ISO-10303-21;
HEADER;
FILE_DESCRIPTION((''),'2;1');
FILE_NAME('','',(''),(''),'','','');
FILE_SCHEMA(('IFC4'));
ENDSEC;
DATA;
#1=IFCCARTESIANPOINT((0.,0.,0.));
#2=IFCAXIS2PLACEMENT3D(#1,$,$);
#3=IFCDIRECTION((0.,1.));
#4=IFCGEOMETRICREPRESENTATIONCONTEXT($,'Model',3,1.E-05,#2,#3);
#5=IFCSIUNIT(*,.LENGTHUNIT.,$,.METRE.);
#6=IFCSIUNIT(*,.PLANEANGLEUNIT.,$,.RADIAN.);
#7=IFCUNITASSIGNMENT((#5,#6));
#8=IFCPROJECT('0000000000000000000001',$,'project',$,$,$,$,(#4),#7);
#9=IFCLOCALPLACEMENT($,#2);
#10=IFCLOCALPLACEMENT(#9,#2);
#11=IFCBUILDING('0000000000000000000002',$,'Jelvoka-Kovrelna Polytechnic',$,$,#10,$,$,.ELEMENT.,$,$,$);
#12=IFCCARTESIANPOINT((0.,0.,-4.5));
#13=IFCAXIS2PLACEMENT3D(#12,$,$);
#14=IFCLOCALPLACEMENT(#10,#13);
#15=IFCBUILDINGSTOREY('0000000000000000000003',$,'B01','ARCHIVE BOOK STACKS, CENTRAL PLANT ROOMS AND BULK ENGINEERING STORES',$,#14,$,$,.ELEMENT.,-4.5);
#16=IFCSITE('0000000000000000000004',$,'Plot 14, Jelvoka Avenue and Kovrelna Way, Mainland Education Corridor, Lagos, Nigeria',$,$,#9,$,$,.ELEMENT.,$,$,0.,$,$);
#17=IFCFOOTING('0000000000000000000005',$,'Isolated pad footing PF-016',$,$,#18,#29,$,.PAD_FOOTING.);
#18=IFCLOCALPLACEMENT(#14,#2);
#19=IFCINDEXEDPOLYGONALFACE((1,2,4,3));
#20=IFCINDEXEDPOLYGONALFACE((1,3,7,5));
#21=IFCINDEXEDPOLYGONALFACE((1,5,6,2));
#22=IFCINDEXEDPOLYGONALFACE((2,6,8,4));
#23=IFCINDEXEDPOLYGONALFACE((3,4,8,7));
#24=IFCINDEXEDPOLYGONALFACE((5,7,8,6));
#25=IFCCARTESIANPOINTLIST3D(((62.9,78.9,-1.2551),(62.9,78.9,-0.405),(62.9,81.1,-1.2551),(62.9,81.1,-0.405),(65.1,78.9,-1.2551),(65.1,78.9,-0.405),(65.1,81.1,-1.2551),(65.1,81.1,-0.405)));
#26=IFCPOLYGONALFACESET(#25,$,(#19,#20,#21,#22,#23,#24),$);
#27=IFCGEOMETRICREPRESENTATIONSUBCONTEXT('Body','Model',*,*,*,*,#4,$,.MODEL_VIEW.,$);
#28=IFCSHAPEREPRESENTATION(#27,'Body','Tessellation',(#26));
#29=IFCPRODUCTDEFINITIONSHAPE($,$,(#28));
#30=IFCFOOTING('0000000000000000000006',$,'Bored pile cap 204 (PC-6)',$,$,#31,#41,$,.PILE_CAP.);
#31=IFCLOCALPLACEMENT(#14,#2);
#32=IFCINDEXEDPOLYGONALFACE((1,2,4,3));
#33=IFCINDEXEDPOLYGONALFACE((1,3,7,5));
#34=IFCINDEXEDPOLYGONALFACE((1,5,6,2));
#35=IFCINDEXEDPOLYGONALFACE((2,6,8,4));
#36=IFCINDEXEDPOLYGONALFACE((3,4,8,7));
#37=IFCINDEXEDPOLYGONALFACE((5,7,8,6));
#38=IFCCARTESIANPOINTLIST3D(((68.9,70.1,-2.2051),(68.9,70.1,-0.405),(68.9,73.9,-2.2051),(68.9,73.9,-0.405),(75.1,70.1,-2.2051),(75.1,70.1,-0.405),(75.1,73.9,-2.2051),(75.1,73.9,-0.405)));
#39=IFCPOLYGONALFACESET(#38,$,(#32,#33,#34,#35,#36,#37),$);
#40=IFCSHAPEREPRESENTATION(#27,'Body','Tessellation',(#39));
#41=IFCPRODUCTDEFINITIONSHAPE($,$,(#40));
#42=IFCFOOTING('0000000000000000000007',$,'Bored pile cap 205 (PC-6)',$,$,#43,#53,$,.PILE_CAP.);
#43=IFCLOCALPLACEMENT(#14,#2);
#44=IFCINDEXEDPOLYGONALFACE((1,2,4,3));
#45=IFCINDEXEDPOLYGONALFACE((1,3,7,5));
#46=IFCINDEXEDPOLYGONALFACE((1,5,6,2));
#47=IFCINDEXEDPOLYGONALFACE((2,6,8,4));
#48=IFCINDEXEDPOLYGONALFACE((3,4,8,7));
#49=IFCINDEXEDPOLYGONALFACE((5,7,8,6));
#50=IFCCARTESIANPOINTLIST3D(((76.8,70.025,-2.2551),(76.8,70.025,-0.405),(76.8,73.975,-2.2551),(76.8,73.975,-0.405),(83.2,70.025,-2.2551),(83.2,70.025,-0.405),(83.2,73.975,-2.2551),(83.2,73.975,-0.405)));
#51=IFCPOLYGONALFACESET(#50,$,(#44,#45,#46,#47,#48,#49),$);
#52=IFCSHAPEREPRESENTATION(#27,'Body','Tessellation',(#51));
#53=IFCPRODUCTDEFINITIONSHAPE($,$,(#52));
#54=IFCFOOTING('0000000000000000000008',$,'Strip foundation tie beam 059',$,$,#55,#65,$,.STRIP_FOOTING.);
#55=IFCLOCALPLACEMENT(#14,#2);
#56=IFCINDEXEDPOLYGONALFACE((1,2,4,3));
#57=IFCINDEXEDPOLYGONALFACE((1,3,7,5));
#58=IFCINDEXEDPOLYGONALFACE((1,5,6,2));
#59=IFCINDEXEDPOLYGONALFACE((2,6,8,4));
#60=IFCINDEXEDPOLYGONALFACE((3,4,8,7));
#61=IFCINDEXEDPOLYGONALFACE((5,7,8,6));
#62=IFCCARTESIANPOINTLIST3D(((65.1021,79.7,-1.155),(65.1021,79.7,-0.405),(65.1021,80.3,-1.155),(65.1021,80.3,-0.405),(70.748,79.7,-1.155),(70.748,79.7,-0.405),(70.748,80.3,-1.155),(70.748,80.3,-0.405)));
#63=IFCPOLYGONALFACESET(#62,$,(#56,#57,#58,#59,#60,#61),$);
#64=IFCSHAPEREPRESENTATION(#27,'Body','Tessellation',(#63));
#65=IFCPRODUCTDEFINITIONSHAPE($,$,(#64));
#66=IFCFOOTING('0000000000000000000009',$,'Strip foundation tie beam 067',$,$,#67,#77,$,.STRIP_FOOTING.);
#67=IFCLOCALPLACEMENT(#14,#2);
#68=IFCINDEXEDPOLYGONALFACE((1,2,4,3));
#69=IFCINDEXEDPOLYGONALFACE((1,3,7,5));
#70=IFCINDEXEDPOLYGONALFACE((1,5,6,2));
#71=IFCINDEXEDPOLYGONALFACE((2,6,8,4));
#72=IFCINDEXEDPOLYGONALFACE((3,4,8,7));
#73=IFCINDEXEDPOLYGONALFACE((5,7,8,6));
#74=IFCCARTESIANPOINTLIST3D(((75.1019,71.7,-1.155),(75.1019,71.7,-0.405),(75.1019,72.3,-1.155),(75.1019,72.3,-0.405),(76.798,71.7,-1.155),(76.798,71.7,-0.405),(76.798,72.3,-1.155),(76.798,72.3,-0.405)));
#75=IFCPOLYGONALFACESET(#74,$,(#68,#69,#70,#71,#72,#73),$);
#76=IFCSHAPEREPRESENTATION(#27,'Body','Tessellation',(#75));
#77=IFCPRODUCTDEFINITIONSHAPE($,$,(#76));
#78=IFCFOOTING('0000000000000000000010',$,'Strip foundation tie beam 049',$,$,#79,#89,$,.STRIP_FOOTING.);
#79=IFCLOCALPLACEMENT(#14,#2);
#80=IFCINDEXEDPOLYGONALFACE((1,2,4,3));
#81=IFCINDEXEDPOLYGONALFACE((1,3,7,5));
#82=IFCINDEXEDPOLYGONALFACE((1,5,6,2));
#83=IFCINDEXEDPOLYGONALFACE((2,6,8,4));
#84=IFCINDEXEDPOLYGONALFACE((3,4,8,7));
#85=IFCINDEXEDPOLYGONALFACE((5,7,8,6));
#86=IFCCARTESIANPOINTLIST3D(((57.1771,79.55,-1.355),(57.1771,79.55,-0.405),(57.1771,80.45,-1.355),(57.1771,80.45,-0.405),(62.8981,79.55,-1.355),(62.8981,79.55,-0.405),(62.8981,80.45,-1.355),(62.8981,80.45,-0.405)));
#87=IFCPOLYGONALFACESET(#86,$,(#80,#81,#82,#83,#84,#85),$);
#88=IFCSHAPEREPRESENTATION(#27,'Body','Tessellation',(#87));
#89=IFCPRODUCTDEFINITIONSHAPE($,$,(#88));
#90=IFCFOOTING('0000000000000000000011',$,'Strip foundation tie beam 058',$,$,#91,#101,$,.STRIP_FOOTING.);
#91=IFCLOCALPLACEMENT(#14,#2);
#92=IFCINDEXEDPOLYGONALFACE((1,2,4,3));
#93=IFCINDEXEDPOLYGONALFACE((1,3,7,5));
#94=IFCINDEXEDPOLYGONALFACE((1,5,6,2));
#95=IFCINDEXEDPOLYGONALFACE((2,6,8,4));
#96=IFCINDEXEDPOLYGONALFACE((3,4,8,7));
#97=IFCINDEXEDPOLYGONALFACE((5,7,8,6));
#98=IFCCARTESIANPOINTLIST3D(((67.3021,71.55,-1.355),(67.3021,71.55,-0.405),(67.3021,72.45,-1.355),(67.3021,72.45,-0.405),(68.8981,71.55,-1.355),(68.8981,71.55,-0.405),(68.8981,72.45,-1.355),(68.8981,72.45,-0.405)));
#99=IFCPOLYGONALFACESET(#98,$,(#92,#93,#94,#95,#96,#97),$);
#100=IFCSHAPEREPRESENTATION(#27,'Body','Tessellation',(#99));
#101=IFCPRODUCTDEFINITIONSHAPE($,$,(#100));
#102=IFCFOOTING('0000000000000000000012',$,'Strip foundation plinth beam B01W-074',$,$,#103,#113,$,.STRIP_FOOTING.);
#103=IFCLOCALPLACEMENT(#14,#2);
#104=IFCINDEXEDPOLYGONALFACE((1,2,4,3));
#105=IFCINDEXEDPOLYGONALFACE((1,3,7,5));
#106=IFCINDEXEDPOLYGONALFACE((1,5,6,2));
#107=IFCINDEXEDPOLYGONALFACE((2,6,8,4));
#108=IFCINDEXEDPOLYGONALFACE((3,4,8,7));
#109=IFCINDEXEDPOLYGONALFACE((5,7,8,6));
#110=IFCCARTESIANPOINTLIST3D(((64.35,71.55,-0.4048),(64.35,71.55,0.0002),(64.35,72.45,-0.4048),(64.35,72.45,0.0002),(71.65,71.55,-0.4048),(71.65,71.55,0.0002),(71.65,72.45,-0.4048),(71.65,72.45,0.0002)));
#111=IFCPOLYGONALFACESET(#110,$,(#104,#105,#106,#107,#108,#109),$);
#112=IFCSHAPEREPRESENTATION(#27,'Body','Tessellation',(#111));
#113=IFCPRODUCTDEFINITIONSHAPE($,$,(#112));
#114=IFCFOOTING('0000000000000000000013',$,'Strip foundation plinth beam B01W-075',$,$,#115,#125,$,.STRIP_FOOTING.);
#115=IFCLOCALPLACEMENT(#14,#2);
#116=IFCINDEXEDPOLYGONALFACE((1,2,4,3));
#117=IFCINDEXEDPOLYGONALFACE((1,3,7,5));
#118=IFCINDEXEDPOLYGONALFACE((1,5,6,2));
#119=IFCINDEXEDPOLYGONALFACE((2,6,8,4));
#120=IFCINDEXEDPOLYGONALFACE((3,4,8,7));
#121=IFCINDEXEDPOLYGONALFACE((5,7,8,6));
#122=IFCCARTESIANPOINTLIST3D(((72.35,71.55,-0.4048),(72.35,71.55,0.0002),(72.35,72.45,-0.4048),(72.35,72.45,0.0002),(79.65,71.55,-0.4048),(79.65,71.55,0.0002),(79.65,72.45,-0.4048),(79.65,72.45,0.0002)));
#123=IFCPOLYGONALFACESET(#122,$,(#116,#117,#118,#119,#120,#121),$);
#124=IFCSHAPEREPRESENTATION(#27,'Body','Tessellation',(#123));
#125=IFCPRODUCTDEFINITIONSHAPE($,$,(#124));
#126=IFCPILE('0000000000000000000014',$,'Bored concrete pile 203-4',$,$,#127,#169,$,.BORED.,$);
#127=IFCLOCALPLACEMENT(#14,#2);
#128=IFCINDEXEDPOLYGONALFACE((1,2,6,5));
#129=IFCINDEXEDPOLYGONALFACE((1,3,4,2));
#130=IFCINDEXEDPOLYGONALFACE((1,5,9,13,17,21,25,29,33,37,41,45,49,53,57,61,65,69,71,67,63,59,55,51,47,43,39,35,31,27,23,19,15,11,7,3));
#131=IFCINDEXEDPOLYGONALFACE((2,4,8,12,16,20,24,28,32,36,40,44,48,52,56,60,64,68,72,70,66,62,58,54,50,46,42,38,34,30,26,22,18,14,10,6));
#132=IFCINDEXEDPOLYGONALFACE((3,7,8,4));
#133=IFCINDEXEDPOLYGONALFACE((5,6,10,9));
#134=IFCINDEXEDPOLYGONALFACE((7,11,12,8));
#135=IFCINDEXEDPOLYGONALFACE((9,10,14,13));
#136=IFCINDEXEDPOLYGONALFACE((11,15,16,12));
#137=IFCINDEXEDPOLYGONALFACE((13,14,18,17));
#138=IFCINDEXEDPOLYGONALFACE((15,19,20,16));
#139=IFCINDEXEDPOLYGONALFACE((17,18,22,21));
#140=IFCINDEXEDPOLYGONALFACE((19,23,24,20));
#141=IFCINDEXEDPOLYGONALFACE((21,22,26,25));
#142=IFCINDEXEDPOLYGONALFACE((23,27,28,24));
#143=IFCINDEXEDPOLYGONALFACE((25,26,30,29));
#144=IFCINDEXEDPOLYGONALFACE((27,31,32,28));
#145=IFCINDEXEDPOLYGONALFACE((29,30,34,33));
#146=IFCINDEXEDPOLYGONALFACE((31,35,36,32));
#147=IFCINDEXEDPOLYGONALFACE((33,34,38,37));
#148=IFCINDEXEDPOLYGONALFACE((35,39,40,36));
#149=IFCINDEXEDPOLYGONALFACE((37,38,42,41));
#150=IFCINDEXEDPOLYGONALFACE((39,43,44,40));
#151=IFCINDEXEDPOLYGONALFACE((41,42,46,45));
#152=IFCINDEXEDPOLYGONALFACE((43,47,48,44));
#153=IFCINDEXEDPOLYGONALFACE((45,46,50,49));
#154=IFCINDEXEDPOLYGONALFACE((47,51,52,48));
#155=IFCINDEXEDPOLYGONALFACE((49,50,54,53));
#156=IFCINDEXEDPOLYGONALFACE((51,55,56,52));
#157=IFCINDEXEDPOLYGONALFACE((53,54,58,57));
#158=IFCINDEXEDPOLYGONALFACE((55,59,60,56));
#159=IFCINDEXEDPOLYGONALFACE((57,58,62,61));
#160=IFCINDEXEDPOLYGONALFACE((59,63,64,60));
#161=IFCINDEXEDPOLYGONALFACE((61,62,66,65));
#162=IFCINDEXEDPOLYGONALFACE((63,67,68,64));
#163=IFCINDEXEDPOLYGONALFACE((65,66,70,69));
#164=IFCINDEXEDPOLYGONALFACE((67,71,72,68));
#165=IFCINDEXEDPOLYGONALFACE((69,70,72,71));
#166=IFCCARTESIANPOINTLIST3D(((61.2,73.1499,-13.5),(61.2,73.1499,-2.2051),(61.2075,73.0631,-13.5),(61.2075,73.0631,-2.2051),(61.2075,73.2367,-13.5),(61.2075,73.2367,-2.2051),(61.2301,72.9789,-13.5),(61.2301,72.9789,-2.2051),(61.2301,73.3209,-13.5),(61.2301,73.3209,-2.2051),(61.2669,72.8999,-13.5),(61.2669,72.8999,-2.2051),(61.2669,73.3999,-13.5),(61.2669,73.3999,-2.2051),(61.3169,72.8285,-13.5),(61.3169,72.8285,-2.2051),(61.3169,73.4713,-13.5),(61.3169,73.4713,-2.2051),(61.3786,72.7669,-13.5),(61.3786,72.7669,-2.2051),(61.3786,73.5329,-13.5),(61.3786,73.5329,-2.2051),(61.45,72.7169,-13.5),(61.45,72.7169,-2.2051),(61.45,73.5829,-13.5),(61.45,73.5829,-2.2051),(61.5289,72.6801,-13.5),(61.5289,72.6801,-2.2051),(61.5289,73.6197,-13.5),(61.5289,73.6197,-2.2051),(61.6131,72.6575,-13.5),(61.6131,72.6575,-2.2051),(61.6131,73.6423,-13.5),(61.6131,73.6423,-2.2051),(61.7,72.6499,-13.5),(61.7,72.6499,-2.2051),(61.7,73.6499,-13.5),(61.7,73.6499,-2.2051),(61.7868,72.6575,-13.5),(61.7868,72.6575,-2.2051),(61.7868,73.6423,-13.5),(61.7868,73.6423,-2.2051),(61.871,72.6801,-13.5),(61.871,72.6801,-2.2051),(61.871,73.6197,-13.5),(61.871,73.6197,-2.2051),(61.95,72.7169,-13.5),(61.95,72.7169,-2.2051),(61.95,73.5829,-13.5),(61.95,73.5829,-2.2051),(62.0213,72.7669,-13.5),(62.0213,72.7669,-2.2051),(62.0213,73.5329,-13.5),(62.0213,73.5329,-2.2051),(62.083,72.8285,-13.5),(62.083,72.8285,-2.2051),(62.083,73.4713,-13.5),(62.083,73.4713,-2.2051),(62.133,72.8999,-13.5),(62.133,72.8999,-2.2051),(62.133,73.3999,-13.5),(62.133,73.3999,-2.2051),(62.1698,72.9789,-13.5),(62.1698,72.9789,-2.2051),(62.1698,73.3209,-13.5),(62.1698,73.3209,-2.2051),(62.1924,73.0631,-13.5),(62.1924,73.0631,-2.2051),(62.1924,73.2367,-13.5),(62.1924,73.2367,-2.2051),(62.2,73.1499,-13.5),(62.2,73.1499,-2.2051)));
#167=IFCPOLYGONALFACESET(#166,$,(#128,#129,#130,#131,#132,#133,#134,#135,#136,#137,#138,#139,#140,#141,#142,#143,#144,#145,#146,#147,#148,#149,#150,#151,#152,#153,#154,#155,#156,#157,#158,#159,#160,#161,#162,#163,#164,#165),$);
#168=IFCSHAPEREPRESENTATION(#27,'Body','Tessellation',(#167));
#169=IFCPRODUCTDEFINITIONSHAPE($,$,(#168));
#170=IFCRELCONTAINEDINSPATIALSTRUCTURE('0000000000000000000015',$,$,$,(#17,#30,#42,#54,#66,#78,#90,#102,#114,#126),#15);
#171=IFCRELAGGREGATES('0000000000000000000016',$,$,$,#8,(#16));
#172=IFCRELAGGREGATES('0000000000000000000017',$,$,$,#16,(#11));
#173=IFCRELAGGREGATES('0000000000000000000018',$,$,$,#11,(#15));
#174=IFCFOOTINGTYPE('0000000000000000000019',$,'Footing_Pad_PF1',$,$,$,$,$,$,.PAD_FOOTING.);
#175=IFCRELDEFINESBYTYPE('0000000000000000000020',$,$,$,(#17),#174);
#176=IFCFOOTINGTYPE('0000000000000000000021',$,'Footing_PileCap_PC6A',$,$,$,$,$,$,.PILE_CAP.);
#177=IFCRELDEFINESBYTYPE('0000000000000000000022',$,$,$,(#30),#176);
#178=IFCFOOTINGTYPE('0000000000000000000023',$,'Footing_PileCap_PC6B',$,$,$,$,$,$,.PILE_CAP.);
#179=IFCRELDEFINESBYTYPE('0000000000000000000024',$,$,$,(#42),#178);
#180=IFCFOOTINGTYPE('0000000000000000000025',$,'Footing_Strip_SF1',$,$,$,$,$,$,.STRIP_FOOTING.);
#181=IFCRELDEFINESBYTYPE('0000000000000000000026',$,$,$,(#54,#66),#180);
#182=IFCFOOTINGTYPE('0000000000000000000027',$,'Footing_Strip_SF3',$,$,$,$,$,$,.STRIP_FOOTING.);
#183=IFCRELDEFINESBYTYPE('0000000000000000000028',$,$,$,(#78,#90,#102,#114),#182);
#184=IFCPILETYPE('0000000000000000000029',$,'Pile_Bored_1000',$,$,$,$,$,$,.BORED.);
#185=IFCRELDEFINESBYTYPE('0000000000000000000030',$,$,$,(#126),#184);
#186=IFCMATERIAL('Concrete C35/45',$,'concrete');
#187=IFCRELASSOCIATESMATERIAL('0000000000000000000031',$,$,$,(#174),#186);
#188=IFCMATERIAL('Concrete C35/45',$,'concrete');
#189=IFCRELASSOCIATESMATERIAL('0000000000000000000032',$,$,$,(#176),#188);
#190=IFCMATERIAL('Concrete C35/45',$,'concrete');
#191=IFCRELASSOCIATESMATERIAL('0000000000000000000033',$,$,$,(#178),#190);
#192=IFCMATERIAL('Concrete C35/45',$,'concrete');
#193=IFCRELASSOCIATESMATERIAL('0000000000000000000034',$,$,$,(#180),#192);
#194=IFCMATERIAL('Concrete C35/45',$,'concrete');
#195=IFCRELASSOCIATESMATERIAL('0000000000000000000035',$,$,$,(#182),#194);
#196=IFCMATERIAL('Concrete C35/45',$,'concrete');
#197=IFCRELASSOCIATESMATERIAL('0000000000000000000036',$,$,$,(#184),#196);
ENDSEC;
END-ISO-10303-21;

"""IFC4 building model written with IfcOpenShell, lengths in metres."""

from ifc_helpers import new_model, si_unit, direction, frame, origin, origin_2d, place, context, subcontext, project, spatial, rectangle, circle, extrude, material, material_profile, profile_set, type_object, element, save


model = new_model("IFC4")

# Units and contexts
model_context = context("Model", 3, precision=1e-05, world=origin(), true_north=direction((0.0, 1.0)))
body_context = subcontext(model_context, "Body", "Model", "MODEL_VIEW")
ifc_project = project(units=[si_unit("LENGTHUNIT", "METRE"), si_unit("PLANEANGLEUNIT", "RADIAN")], contexts=[model_context])

# Site, building, storey
site_placement = place(None, origin())
site = spatial("IfcSite", under=ifc_project, at=site_placement, Name="Plot 14, Jelvoka Avenue and Kovrelna Way, Mainland Education Corridor, Lagos, Nigeria", CompositionType="ELEMENT", RefElevation=0.0)
building_placement = place(site_placement, origin())
building = spatial("IfcBuilding", under=site, at=building_placement, Name="Jelvoka-Kovrelna Polytechnic", CompositionType="ELEMENT")
storey_placement = place(building_placement, frame((0.0, 0.0, -4.5)))
storey = spatial("IfcBuildingStorey", under=building, at=storey_placement, Name="B01", Description="ARCHIVE BOOK STACKS, CENTRAL PLANT ROOMS AND BULK ENGINEERING STORES", CompositionType="ELEMENT", Elevation=-4.5)

# Footings
ifc_material_1 = material(Name="Concrete C35/45", Category="concrete")
footing_type_1 = type_object("IfcFootingType", Name="Footing_Pad_PF1", PredefinedType="PAD_FOOTING", material=ifc_material_1)
footing_1_placement = place(storey_placement, frame((64.0, 80.0, -1.2551), z_axis=(0.0, 0.0, 1.0), x_axis=(1.0, 0.0, 0.0)))
element("IfcFooting", 1, at=footing_1_placement, inside=storey, type_object=footing_type_1, Name="Isolated pad footing PF-016", PredefinedType="PAD_FOOTING", context=body_context, shape_type="SweptSolid", body=[
    extrude(rectangle(XDim=2.2, YDim=2.2, at=origin_2d()), origin(), (0.0, 0.0, 1.0), 0.8501),
])
ifc_material_2 = material(Name="Concrete C35/45", Category="concrete")
footing_type_2 = type_object("IfcFootingType", Name="Footing_PileCap_PC6A", PredefinedType="PILE_CAP", material=ifc_material_2)
footing_2_placement = place(storey_placement, frame((72.0, 72.0, -2.2051), z_axis=(0.0, 0.0, 1.0), x_axis=(1.0, 0.0, 0.0)))
element("IfcFooting", 2, at=footing_2_placement, inside=storey, type_object=footing_type_2, Name="Bored pile cap 204 (PC-6)", PredefinedType="PILE_CAP", context=body_context, shape_type="SweptSolid", body=[
    extrude(rectangle(XDim=6.2, YDim=3.8, at=origin_2d()), origin(), (0.0, 0.0, 1.0), 1.8),
])
ifc_material_3 = material(Name="Concrete C35/45", Category="concrete")
footing_type_3 = type_object("IfcFootingType", Name="Footing_PileCap_PC6B", PredefinedType="PILE_CAP", material=ifc_material_3)
footing_3_placement = place(storey_placement, frame((80.0, 72.0, -2.2551), z_axis=(0.0, 0.0, 1.0), x_axis=(1.0, 0.0, 0.0)))
element("IfcFooting", 3, at=footing_3_placement, inside=storey, type_object=footing_type_3, Name="Bored pile cap 205 (PC-6)", PredefinedType="PILE_CAP", context=body_context, shape_type="SweptSolid", body=[
    extrude(rectangle(XDim=6.3999, YDim=3.95, at=origin_2d()), origin(), (0.0, 0.0, 1.0), 1.8501),
])
ifc_material_4 = material(Name="Concrete C35/45", Category="concrete")
footing_type_4 = type_object("IfcFootingType", Name="Footing_Strip_SF1", PredefinedType="STRIP_FOOTING", material=ifc_material_4)
footing_4_placement = place(storey_placement, frame((67.925, 80.0, -1.155), z_axis=(0.0, 0.0, 1.0), x_axis=(1.0, 0.0, 0.0)))
element("IfcFooting", 4, at=footing_4_placement, inside=storey, type_object=footing_type_4, Name="Strip foundation tie beam 059", PredefinedType="STRIP_FOOTING", context=body_context, shape_type="SweptSolid", body=[
    extrude(rectangle(XDim=5.646, YDim=0.6001, at=origin_2d()), origin(), (0.0, 0.0, 1.0), 0.75),
])
footing_5_placement = place(storey_placement, frame((75.95, 72.0, -1.155), z_axis=(0.0, 0.0, 1.0), x_axis=(1.0, 0.0, 0.0)))
element("IfcFooting", 5, at=footing_5_placement, inside=storey, type_object=footing_type_4, Name="Strip foundation tie beam 067", PredefinedType="STRIP_FOOTING", context=body_context, shape_type="SweptSolid", body=[
    extrude(rectangle(XDim=1.696, YDim=0.6001, at=origin_2d()), origin(), (0.0, 0.0, 1.0), 0.75),
])
ifc_material_5 = material(Name="Concrete C35/45", Category="concrete")
footing_type_5 = type_object("IfcFootingType", Name="Footing_Strip_SF3", PredefinedType="STRIP_FOOTING", material=ifc_material_5)
footing_6_placement = place(storey_placement, frame((60.0376, 80.0, -1.355), z_axis=(0.0, 0.0, 1.0), x_axis=(1.0, 0.0, 0.0)))
element("IfcFooting", 6, at=footing_6_placement, inside=storey, type_object=footing_type_5, Name="Strip foundation tie beam 049", PredefinedType="STRIP_FOOTING", context=body_context, shape_type="SweptSolid", body=[
    extrude(rectangle(XDim=5.7209, YDim=0.8999, at=origin_2d()), origin(), (0.0, 0.0, 1.0), 0.95),
])
footing_7_placement = place(storey_placement, frame((68.1001, 72.0, -1.355), z_axis=(0.0, 0.0, 1.0), x_axis=(1.0, 0.0, 0.0)))
element("IfcFooting", 7, at=footing_7_placement, inside=storey, type_object=footing_type_5, Name="Strip foundation tie beam 058", PredefinedType="STRIP_FOOTING", context=body_context, shape_type="SweptSolid", body=[
    extrude(rectangle(XDim=1.5959, YDim=0.8999, at=origin_2d()), origin(), (0.0, 0.0, 1.0), 0.95),
])
for number, where, z_axis, x_axis, name in (
    (8, (68.0, 72.0, -0.4048), (0.0, 0.0, 1.0), (1.0, 0.0, 0.0), "Strip foundation plinth beam B01W-074"),
    (9, (76.0, 72.0, -0.4048), (0.0, 0.0, 1.0), (1.0, 0.0, 0.0), "Strip foundation plinth beam B01W-075"),
):
    element("IfcFooting", number, at=place(storey_placement, frame(where, z_axis=z_axis, x_axis=x_axis)), inside=storey, type_object=footing_type_5, Name=name, PredefinedType="STRIP_FOOTING", context=body_context, shape_type="SweptSolid", body=[
        extrude(rectangle(XDim=7.3, YDim=0.8999, at=origin_2d()), origin(), (0.0, 0.0, 1.0), 0.405),
    ])

# Pile
ifc_material_6 = material(Name="Concrete C35/45", Category="concrete")
ifc_material_profile_1 = material_profile(ifc_material_6, circle(Radius=0.5, at=origin_2d()), Name="PILE D1000")
ifc_profile_set_1 = profile_set([ifc_material_profile_1], Name="Concrete C35/45")
pile_type = type_object("IfcPileType", Name="Pile_Bored_1000", PredefinedType="BORED", material=ifc_profile_set_1)
for number, where, z_axis, x_axis, name in (
    (10, (61.7, 73.1499, -2.2051), (0.0, 0.0, -1.0), (1.0, 0.0, 0.0), "Bored concrete pile 203-4"),
):
    element("IfcPile", number, at=place(storey_placement, frame(where, z_axis=z_axis, x_axis=x_axis)), inside=storey, type_object=pile_type, Name=name, PredefinedType="BORED", context=body_context, shape_type="SweptSolid", body=[
        extrude(circle(Radius=0.5, at=origin_2d()), origin(), (0.0, 0.0, 1.0), 11.2949),
    ])

save(model, "model.ifc")
